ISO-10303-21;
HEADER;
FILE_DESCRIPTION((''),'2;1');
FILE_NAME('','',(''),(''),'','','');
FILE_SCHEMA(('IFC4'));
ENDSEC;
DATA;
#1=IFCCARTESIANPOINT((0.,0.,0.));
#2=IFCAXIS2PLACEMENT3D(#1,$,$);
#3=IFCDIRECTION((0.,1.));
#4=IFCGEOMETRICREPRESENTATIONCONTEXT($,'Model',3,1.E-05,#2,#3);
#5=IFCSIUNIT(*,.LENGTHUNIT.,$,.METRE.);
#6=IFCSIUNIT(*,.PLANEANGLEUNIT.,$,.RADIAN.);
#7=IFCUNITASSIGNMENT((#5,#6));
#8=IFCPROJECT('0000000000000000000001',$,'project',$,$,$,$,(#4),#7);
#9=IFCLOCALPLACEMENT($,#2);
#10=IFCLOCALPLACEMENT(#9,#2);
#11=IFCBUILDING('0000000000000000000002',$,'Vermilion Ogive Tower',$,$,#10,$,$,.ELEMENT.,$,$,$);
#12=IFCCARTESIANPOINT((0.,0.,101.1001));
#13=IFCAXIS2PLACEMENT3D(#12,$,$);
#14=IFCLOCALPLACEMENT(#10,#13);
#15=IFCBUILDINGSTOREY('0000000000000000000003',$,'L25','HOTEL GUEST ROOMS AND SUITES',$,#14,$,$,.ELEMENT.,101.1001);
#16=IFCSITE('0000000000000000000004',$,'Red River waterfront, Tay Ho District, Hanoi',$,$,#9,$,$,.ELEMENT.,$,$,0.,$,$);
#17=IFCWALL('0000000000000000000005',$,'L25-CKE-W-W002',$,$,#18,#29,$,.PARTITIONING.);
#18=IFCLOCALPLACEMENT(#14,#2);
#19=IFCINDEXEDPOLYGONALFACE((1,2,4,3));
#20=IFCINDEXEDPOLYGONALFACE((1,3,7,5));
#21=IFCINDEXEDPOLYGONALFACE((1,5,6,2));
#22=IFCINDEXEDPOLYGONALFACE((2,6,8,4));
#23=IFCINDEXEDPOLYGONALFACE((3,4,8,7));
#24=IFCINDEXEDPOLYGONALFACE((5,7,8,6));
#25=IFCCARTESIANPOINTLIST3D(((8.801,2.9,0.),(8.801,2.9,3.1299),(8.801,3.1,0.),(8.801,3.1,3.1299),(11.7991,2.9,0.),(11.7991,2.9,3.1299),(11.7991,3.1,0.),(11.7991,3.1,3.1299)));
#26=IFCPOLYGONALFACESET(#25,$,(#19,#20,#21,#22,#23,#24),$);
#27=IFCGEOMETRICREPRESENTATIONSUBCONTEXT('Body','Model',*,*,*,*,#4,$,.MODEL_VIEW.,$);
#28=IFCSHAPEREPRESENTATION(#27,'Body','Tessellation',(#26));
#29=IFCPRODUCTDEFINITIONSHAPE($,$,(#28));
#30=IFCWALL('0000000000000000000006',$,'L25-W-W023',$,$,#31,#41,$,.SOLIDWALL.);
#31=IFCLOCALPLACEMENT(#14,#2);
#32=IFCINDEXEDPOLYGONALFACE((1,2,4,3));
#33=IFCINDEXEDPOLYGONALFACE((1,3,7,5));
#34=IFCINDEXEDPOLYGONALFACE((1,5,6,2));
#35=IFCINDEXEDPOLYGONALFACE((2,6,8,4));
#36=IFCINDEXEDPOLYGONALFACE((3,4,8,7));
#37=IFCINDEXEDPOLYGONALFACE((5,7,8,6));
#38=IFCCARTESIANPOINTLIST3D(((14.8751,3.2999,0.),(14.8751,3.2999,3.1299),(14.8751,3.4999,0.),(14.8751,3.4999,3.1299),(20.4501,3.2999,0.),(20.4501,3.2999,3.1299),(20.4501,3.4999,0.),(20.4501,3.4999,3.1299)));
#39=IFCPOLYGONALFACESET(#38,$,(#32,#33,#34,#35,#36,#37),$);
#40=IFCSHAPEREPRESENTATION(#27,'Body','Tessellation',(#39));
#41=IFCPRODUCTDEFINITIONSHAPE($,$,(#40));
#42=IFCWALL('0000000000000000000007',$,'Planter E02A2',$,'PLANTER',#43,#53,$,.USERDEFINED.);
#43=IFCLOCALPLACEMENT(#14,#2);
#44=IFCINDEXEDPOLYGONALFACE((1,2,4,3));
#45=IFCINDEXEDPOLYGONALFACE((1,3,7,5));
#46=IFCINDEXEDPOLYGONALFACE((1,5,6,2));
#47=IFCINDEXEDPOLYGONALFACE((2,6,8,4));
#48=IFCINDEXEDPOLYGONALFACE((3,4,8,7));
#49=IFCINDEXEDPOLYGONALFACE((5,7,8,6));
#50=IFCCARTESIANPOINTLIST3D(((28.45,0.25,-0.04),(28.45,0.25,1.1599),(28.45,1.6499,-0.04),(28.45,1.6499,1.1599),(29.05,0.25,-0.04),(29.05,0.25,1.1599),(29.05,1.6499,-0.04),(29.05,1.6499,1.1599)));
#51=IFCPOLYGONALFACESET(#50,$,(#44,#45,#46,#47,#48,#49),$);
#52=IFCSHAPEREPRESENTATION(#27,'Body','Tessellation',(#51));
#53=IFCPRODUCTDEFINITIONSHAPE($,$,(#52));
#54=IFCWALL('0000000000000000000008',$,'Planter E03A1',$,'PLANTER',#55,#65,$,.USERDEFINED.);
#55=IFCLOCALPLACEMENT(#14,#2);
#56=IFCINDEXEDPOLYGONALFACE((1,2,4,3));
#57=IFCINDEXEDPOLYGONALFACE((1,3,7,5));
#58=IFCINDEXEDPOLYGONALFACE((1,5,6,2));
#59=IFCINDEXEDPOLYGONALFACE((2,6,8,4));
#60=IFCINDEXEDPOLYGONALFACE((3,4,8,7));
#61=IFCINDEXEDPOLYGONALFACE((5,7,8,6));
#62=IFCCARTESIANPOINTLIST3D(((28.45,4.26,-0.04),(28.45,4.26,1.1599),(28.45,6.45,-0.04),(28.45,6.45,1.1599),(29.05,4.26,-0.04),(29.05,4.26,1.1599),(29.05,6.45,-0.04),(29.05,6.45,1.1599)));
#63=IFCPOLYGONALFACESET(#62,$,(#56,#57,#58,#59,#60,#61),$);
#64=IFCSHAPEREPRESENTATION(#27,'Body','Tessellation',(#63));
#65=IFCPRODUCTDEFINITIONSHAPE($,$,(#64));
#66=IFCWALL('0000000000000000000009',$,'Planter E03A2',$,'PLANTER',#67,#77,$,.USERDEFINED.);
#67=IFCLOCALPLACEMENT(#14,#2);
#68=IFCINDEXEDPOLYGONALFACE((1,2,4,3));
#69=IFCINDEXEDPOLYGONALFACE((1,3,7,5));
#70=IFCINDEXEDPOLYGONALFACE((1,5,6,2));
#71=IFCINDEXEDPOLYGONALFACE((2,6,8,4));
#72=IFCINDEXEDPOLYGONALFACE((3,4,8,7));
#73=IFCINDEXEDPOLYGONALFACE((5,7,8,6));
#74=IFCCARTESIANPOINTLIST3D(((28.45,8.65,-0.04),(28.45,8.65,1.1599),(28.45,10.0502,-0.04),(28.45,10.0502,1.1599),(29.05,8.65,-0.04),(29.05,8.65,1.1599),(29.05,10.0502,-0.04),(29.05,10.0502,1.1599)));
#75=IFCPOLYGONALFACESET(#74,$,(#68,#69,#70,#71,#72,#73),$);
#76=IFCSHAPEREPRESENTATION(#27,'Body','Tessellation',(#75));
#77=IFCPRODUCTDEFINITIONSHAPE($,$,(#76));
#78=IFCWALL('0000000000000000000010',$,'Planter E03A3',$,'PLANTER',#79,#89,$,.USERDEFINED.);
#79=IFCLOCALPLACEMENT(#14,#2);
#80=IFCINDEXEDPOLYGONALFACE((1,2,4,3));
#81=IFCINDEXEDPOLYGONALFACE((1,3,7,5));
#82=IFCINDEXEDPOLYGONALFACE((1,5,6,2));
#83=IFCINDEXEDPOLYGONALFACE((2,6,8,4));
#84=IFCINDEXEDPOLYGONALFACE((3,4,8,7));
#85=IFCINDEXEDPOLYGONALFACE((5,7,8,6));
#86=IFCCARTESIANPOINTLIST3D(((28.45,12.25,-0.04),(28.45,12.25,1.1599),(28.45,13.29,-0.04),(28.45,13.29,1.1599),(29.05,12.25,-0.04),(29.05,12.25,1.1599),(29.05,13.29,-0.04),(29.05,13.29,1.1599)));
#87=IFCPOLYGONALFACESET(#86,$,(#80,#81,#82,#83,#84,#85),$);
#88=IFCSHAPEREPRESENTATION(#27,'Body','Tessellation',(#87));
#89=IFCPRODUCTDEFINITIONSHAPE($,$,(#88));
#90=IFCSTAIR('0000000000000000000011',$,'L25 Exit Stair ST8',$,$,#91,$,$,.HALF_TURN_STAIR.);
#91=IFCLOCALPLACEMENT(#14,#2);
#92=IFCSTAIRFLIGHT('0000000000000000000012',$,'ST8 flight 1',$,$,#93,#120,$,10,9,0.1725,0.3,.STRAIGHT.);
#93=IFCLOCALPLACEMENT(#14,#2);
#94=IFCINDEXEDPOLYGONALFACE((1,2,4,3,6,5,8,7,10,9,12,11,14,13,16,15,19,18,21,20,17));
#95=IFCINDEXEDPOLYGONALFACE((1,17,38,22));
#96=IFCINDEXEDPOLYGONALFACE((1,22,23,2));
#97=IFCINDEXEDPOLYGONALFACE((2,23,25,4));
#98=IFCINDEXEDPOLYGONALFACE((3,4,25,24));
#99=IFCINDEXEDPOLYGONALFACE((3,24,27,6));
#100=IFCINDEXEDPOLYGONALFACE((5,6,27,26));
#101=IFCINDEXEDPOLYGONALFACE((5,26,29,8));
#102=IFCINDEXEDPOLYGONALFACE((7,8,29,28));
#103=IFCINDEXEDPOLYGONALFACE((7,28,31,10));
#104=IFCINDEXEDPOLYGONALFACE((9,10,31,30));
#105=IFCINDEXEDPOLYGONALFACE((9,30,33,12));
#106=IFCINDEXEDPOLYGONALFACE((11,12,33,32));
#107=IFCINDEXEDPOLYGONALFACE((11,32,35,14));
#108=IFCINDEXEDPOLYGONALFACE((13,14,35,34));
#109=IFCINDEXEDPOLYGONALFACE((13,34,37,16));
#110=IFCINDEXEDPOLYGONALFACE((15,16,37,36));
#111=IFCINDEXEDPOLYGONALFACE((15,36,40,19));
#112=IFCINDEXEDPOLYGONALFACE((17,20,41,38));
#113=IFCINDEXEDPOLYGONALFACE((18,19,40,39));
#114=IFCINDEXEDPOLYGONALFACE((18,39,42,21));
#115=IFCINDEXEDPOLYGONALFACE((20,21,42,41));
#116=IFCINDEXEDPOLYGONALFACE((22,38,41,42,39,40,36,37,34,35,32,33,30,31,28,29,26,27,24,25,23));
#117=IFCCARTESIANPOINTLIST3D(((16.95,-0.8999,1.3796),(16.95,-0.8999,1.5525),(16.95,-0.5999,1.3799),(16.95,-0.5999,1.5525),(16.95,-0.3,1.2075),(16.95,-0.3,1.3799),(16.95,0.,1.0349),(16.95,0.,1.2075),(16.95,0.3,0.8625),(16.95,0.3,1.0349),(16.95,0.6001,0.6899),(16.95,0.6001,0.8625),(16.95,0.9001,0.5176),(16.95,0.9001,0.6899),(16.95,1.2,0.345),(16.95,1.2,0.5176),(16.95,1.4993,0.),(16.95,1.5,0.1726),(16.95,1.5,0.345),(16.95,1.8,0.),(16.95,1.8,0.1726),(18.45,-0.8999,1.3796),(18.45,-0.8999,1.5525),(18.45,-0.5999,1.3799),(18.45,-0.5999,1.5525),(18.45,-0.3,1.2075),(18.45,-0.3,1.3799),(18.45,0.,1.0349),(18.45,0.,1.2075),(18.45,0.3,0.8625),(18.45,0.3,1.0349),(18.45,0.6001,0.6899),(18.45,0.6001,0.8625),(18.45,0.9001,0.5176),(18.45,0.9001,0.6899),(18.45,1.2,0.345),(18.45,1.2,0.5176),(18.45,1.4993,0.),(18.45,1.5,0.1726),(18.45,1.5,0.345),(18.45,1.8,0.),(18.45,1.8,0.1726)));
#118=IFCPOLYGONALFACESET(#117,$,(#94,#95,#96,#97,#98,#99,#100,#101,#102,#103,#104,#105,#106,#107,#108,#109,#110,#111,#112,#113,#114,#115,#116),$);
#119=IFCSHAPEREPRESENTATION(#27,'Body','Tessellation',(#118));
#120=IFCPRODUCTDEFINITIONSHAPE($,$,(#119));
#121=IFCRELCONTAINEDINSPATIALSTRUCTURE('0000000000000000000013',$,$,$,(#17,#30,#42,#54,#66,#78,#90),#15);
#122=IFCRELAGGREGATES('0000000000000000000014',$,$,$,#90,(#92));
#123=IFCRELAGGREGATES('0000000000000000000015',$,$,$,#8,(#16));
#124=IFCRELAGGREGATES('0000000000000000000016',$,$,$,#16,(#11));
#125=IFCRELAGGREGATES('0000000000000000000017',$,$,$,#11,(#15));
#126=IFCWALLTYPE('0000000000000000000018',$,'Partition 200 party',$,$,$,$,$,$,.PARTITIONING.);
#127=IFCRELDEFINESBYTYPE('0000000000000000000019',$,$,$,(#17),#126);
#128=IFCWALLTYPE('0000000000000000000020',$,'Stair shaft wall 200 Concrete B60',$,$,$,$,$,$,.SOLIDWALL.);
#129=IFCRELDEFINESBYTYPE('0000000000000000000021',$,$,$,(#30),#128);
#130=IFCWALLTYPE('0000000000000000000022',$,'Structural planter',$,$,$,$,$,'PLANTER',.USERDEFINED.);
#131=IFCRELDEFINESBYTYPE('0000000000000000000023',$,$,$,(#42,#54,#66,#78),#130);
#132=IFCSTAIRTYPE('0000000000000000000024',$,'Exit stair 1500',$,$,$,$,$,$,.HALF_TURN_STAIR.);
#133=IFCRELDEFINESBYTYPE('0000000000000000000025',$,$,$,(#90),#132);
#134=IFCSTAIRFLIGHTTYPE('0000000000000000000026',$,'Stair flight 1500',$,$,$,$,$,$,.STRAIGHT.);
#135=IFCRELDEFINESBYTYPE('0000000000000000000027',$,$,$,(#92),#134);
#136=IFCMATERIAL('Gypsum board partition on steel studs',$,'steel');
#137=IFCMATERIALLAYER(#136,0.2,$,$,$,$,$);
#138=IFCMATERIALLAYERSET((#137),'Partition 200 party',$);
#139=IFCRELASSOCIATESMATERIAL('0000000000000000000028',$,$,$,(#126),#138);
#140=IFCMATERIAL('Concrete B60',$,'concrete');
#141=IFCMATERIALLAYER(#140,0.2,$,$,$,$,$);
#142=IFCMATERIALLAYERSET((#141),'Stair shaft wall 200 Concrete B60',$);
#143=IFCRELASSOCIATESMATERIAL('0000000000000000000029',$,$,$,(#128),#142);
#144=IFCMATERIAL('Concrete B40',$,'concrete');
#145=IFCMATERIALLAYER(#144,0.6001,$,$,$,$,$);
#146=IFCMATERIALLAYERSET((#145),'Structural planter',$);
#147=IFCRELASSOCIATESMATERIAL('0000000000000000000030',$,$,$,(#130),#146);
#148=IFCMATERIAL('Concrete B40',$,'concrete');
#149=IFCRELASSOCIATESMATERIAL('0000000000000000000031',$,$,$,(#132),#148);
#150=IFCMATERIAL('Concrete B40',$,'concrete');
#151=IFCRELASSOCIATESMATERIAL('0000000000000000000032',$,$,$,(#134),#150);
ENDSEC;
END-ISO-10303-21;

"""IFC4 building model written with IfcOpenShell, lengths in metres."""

from ifc_helpers import new_model, si_unit, direction, frame, frame_2d, origin, place, context, subcontext, project, spatial, polyline, rectangle, outline, extrude, material, layer, layer_set, type_object, element, aggregate, save


model = new_model("IFC4")

# Units and contexts
model_context = context("Model", 3, precision=1e-05, world=origin(), true_north=direction((0.0, 1.0)))
body_context = subcontext(model_context, "Body", "Model", "MODEL_VIEW")
ifc_project = project(units=[si_unit("LENGTHUNIT", "METRE"), si_unit("PLANEANGLEUNIT", "RADIAN")], contexts=[model_context])

# Site, building, storey
site_placement = place(None, origin())
site = spatial("IfcSite", under=ifc_project, at=site_placement, Name="Red River waterfront, Tay Ho District, Hanoi", CompositionType="ELEMENT", RefElevation=0.0)
building_placement = place(site_placement, origin())
building = spatial("IfcBuilding", under=site, at=building_placement, Name="Vermilion Ogive Tower", CompositionType="ELEMENT")
storey_placement = place(building_placement, frame((0.0, 0.0, 101.1001)))
storey = spatial("IfcBuildingStorey", under=building, at=storey_placement, Name="L25", Description="HOTEL GUEST ROOMS AND SUITES", CompositionType="ELEMENT", Elevation=101.1001)

# Walls
ifc_material_1 = material(Name="Gypsum board partition on steel studs", Category="steel")
ifc_layer_1 = layer(ifc_material_1, 0.2)
ifc_layer_set_1 = layer_set([ifc_layer_1], Name="Partition 200 party")
wall_type_1 = type_object("IfcWallType", Name="Partition 200 party", PredefinedType="PARTITIONING", material=ifc_layer_set_1)
wall_1_placement = place(storey_placement, frame((8.801, 3.0, 0.0), z_axis=(0.0, 0.0, 1.0), x_axis=(1.0, 0.0, 0.0)))
element("IfcWall", 1, at=wall_1_placement, inside=storey, type_object=wall_type_1, Name="L25-CKE-W-W002", PredefinedType="PARTITIONING", context=body_context, shape_type="SweptSolid", body=[
    extrude(rectangle(XDim=2.998, YDim=0.2, at=frame_2d((1.499, 0.0))), origin(), (0.0, 0.0, 1.0), 3.1299),
])
ifc_material_2 = material(Name="Concrete B60", Category="concrete")
ifc_layer_2 = layer(ifc_material_2, 0.2)
ifc_layer_set_2 = layer_set([ifc_layer_2], Name="Stair shaft wall 200 Concrete B60")
wall_type_2 = type_object("IfcWallType", Name="Stair shaft wall 200 Concrete B60", PredefinedType="SOLIDWALL", material=ifc_layer_set_2)
wall_2_placement = place(storey_placement, frame((14.875, 3.3999, 0.0), z_axis=(0.0, 0.0, 1.0), x_axis=(1.0, 0.0, 0.0)))
element("IfcWall", 2, at=wall_2_placement, inside=storey, type_object=wall_type_2, Name="L25-W-W023", PredefinedType="SOLIDWALL", context=body_context, shape_type="SweptSolid", body=[
    extrude(rectangle(XDim=5.575, YDim=0.2, at=frame_2d((2.7876, 0.0))), origin(), (0.0, 0.0, 1.0), 3.1299),
])
ifc_material_3 = material(Name="Concrete B40", Category="concrete")
ifc_layer_3 = layer(ifc_material_3, 0.6001)
ifc_layer_set_3 = layer_set([ifc_layer_3], Name="Structural planter")
wall_type_3 = type_object("IfcWallType", Name="Structural planter", ElementType="PLANTER", PredefinedType="USERDEFINED", material=ifc_layer_set_3)
wall_3_placement = place(storey_placement, frame((28.75, 0.25, -0.04), z_axis=(0.0, 0.0, 1.0), x_axis=(0.0, 1.0, 0.0)))
element("IfcWall", 3, at=wall_3_placement, inside=storey, type_object=wall_type_3, Name="Planter E02A2", ObjectType="PLANTER", PredefinedType="USERDEFINED", context=body_context, shape_type="SweptSolid", body=[
    extrude(rectangle(XDim=1.3999, YDim=0.6001, at=frame_2d((0.7, 0.0))), origin(), (0.0, 0.0, 1.0), 1.2),
])
wall_4_placement = place(storey_placement, frame((28.75, 4.26, -0.04), z_axis=(0.0, 0.0, 1.0), x_axis=(0.0, 1.0, 0.0)))
element("IfcWall", 4, at=wall_4_placement, inside=storey, type_object=wall_type_3, Name="Planter E03A1", ObjectType="PLANTER", PredefinedType="USERDEFINED", context=body_context, shape_type="SweptSolid", body=[
    extrude(rectangle(XDim=2.1899, YDim=0.6001, at=frame_2d((1.095, 0.0))), origin(), (0.0, 0.0, 1.0), 1.2),
])
wall_5_placement = place(storey_placement, frame((28.75, 8.6499, -0.04), z_axis=(0.0, 0.0, 1.0), x_axis=(0.0, 1.0, 0.0)))
element("IfcWall", 5, at=wall_5_placement, inside=storey, type_object=wall_type_3, Name="Planter E03A2", ObjectType="PLANTER", PredefinedType="USERDEFINED", context=body_context, shape_type="SweptSolid", body=[
    extrude(rectangle(XDim=1.4001, YDim=0.6001, at=frame_2d((0.7002, 0.0))), origin(), (0.0, 0.0, 1.0), 1.2),
])
wall_6_placement = place(storey_placement, frame((28.75, 12.25, -0.04), z_axis=(0.0, 0.0, 1.0), x_axis=(0.0, 1.0, 0.0)))
element("IfcWall", 6, at=wall_6_placement, inside=storey, type_object=wall_type_3, Name="Planter E03A3", ObjectType="PLANTER", PredefinedType="USERDEFINED", context=body_context, shape_type="SweptSolid", body=[
    extrude(rectangle(XDim=1.04, YDim=0.6001, at=frame_2d((0.52, 0.0))), origin(), (0.0, 0.0, 1.0), 1.2),
])

# Stair, stair flight
ifc_material_4 = material(Name="Concrete B40", Category="concrete")
stair_type = type_object("IfcStairType", Name="Exit stair 1500", PredefinedType="HALF_TURN_STAIR", material=ifc_material_4)
stair_placement = place(storey_placement, origin())
stair = element("IfcStair", 7, at=stair_placement, inside=storey, type_object=stair_type, Name="L25 Exit Stair ST8", PredefinedType="HALF_TURN_STAIR")
ifc_material_5 = material(Name="Concrete B40", Category="concrete")
stair_flight_type = type_object("IfcStairFlightType", Name="Stair flight 1500", PredefinedType="STRAIGHT", material=ifc_material_5)
stair_flight_placement = place(storey_placement, frame((17.7, 1.8, 0.0), z_axis=(0.0, 0.0, 1.0), x_axis=(0.0, -1.0, 0.0)))
stair_flight = element("IfcStairFlight", 8, at=stair_flight_placement, type_object=stair_flight_type, Name="ST8 flight 1", NumberOfRisers=10, NumberOfTreads=9, PredefinedType="STRAIGHT", RiserHeight=0.1725, TreadLength=0.3, context=body_context, shape_type="SweptSolid", body=[
    extrude(outline(polyline([(0.0, 0.0), (0.0, 0.1726), (0.3, 0.1726), (0.3, 0.345), (0.6001, 0.345), (0.6001, 0.5176), (0.8999, 0.5176), (0.8999, 0.6899), (1.2, 0.6899), (1.2, 0.8625), (1.5, 0.8625), (1.5, 1.0349), (1.8, 1.0349), (1.8, 1.2075), (2.1001, 1.2075), (2.1001, 1.3799), (2.3999, 1.3799), (2.3999, 1.5525), (2.7, 1.5525), (2.7, 1.7251), (2.7, 1.3796), (0.3008, 0.0), (0.0, 0.0)])), frame((0.0, 0.75, 0.0), z_axis=(0.0, -1.0, 0.0), x_axis=(1.0, 0.0, 0.0)), (0.0, 0.0, 1.0), 1.5),
])
aggregate(stair, [stair_flight])

save(model, "model.ifc")
